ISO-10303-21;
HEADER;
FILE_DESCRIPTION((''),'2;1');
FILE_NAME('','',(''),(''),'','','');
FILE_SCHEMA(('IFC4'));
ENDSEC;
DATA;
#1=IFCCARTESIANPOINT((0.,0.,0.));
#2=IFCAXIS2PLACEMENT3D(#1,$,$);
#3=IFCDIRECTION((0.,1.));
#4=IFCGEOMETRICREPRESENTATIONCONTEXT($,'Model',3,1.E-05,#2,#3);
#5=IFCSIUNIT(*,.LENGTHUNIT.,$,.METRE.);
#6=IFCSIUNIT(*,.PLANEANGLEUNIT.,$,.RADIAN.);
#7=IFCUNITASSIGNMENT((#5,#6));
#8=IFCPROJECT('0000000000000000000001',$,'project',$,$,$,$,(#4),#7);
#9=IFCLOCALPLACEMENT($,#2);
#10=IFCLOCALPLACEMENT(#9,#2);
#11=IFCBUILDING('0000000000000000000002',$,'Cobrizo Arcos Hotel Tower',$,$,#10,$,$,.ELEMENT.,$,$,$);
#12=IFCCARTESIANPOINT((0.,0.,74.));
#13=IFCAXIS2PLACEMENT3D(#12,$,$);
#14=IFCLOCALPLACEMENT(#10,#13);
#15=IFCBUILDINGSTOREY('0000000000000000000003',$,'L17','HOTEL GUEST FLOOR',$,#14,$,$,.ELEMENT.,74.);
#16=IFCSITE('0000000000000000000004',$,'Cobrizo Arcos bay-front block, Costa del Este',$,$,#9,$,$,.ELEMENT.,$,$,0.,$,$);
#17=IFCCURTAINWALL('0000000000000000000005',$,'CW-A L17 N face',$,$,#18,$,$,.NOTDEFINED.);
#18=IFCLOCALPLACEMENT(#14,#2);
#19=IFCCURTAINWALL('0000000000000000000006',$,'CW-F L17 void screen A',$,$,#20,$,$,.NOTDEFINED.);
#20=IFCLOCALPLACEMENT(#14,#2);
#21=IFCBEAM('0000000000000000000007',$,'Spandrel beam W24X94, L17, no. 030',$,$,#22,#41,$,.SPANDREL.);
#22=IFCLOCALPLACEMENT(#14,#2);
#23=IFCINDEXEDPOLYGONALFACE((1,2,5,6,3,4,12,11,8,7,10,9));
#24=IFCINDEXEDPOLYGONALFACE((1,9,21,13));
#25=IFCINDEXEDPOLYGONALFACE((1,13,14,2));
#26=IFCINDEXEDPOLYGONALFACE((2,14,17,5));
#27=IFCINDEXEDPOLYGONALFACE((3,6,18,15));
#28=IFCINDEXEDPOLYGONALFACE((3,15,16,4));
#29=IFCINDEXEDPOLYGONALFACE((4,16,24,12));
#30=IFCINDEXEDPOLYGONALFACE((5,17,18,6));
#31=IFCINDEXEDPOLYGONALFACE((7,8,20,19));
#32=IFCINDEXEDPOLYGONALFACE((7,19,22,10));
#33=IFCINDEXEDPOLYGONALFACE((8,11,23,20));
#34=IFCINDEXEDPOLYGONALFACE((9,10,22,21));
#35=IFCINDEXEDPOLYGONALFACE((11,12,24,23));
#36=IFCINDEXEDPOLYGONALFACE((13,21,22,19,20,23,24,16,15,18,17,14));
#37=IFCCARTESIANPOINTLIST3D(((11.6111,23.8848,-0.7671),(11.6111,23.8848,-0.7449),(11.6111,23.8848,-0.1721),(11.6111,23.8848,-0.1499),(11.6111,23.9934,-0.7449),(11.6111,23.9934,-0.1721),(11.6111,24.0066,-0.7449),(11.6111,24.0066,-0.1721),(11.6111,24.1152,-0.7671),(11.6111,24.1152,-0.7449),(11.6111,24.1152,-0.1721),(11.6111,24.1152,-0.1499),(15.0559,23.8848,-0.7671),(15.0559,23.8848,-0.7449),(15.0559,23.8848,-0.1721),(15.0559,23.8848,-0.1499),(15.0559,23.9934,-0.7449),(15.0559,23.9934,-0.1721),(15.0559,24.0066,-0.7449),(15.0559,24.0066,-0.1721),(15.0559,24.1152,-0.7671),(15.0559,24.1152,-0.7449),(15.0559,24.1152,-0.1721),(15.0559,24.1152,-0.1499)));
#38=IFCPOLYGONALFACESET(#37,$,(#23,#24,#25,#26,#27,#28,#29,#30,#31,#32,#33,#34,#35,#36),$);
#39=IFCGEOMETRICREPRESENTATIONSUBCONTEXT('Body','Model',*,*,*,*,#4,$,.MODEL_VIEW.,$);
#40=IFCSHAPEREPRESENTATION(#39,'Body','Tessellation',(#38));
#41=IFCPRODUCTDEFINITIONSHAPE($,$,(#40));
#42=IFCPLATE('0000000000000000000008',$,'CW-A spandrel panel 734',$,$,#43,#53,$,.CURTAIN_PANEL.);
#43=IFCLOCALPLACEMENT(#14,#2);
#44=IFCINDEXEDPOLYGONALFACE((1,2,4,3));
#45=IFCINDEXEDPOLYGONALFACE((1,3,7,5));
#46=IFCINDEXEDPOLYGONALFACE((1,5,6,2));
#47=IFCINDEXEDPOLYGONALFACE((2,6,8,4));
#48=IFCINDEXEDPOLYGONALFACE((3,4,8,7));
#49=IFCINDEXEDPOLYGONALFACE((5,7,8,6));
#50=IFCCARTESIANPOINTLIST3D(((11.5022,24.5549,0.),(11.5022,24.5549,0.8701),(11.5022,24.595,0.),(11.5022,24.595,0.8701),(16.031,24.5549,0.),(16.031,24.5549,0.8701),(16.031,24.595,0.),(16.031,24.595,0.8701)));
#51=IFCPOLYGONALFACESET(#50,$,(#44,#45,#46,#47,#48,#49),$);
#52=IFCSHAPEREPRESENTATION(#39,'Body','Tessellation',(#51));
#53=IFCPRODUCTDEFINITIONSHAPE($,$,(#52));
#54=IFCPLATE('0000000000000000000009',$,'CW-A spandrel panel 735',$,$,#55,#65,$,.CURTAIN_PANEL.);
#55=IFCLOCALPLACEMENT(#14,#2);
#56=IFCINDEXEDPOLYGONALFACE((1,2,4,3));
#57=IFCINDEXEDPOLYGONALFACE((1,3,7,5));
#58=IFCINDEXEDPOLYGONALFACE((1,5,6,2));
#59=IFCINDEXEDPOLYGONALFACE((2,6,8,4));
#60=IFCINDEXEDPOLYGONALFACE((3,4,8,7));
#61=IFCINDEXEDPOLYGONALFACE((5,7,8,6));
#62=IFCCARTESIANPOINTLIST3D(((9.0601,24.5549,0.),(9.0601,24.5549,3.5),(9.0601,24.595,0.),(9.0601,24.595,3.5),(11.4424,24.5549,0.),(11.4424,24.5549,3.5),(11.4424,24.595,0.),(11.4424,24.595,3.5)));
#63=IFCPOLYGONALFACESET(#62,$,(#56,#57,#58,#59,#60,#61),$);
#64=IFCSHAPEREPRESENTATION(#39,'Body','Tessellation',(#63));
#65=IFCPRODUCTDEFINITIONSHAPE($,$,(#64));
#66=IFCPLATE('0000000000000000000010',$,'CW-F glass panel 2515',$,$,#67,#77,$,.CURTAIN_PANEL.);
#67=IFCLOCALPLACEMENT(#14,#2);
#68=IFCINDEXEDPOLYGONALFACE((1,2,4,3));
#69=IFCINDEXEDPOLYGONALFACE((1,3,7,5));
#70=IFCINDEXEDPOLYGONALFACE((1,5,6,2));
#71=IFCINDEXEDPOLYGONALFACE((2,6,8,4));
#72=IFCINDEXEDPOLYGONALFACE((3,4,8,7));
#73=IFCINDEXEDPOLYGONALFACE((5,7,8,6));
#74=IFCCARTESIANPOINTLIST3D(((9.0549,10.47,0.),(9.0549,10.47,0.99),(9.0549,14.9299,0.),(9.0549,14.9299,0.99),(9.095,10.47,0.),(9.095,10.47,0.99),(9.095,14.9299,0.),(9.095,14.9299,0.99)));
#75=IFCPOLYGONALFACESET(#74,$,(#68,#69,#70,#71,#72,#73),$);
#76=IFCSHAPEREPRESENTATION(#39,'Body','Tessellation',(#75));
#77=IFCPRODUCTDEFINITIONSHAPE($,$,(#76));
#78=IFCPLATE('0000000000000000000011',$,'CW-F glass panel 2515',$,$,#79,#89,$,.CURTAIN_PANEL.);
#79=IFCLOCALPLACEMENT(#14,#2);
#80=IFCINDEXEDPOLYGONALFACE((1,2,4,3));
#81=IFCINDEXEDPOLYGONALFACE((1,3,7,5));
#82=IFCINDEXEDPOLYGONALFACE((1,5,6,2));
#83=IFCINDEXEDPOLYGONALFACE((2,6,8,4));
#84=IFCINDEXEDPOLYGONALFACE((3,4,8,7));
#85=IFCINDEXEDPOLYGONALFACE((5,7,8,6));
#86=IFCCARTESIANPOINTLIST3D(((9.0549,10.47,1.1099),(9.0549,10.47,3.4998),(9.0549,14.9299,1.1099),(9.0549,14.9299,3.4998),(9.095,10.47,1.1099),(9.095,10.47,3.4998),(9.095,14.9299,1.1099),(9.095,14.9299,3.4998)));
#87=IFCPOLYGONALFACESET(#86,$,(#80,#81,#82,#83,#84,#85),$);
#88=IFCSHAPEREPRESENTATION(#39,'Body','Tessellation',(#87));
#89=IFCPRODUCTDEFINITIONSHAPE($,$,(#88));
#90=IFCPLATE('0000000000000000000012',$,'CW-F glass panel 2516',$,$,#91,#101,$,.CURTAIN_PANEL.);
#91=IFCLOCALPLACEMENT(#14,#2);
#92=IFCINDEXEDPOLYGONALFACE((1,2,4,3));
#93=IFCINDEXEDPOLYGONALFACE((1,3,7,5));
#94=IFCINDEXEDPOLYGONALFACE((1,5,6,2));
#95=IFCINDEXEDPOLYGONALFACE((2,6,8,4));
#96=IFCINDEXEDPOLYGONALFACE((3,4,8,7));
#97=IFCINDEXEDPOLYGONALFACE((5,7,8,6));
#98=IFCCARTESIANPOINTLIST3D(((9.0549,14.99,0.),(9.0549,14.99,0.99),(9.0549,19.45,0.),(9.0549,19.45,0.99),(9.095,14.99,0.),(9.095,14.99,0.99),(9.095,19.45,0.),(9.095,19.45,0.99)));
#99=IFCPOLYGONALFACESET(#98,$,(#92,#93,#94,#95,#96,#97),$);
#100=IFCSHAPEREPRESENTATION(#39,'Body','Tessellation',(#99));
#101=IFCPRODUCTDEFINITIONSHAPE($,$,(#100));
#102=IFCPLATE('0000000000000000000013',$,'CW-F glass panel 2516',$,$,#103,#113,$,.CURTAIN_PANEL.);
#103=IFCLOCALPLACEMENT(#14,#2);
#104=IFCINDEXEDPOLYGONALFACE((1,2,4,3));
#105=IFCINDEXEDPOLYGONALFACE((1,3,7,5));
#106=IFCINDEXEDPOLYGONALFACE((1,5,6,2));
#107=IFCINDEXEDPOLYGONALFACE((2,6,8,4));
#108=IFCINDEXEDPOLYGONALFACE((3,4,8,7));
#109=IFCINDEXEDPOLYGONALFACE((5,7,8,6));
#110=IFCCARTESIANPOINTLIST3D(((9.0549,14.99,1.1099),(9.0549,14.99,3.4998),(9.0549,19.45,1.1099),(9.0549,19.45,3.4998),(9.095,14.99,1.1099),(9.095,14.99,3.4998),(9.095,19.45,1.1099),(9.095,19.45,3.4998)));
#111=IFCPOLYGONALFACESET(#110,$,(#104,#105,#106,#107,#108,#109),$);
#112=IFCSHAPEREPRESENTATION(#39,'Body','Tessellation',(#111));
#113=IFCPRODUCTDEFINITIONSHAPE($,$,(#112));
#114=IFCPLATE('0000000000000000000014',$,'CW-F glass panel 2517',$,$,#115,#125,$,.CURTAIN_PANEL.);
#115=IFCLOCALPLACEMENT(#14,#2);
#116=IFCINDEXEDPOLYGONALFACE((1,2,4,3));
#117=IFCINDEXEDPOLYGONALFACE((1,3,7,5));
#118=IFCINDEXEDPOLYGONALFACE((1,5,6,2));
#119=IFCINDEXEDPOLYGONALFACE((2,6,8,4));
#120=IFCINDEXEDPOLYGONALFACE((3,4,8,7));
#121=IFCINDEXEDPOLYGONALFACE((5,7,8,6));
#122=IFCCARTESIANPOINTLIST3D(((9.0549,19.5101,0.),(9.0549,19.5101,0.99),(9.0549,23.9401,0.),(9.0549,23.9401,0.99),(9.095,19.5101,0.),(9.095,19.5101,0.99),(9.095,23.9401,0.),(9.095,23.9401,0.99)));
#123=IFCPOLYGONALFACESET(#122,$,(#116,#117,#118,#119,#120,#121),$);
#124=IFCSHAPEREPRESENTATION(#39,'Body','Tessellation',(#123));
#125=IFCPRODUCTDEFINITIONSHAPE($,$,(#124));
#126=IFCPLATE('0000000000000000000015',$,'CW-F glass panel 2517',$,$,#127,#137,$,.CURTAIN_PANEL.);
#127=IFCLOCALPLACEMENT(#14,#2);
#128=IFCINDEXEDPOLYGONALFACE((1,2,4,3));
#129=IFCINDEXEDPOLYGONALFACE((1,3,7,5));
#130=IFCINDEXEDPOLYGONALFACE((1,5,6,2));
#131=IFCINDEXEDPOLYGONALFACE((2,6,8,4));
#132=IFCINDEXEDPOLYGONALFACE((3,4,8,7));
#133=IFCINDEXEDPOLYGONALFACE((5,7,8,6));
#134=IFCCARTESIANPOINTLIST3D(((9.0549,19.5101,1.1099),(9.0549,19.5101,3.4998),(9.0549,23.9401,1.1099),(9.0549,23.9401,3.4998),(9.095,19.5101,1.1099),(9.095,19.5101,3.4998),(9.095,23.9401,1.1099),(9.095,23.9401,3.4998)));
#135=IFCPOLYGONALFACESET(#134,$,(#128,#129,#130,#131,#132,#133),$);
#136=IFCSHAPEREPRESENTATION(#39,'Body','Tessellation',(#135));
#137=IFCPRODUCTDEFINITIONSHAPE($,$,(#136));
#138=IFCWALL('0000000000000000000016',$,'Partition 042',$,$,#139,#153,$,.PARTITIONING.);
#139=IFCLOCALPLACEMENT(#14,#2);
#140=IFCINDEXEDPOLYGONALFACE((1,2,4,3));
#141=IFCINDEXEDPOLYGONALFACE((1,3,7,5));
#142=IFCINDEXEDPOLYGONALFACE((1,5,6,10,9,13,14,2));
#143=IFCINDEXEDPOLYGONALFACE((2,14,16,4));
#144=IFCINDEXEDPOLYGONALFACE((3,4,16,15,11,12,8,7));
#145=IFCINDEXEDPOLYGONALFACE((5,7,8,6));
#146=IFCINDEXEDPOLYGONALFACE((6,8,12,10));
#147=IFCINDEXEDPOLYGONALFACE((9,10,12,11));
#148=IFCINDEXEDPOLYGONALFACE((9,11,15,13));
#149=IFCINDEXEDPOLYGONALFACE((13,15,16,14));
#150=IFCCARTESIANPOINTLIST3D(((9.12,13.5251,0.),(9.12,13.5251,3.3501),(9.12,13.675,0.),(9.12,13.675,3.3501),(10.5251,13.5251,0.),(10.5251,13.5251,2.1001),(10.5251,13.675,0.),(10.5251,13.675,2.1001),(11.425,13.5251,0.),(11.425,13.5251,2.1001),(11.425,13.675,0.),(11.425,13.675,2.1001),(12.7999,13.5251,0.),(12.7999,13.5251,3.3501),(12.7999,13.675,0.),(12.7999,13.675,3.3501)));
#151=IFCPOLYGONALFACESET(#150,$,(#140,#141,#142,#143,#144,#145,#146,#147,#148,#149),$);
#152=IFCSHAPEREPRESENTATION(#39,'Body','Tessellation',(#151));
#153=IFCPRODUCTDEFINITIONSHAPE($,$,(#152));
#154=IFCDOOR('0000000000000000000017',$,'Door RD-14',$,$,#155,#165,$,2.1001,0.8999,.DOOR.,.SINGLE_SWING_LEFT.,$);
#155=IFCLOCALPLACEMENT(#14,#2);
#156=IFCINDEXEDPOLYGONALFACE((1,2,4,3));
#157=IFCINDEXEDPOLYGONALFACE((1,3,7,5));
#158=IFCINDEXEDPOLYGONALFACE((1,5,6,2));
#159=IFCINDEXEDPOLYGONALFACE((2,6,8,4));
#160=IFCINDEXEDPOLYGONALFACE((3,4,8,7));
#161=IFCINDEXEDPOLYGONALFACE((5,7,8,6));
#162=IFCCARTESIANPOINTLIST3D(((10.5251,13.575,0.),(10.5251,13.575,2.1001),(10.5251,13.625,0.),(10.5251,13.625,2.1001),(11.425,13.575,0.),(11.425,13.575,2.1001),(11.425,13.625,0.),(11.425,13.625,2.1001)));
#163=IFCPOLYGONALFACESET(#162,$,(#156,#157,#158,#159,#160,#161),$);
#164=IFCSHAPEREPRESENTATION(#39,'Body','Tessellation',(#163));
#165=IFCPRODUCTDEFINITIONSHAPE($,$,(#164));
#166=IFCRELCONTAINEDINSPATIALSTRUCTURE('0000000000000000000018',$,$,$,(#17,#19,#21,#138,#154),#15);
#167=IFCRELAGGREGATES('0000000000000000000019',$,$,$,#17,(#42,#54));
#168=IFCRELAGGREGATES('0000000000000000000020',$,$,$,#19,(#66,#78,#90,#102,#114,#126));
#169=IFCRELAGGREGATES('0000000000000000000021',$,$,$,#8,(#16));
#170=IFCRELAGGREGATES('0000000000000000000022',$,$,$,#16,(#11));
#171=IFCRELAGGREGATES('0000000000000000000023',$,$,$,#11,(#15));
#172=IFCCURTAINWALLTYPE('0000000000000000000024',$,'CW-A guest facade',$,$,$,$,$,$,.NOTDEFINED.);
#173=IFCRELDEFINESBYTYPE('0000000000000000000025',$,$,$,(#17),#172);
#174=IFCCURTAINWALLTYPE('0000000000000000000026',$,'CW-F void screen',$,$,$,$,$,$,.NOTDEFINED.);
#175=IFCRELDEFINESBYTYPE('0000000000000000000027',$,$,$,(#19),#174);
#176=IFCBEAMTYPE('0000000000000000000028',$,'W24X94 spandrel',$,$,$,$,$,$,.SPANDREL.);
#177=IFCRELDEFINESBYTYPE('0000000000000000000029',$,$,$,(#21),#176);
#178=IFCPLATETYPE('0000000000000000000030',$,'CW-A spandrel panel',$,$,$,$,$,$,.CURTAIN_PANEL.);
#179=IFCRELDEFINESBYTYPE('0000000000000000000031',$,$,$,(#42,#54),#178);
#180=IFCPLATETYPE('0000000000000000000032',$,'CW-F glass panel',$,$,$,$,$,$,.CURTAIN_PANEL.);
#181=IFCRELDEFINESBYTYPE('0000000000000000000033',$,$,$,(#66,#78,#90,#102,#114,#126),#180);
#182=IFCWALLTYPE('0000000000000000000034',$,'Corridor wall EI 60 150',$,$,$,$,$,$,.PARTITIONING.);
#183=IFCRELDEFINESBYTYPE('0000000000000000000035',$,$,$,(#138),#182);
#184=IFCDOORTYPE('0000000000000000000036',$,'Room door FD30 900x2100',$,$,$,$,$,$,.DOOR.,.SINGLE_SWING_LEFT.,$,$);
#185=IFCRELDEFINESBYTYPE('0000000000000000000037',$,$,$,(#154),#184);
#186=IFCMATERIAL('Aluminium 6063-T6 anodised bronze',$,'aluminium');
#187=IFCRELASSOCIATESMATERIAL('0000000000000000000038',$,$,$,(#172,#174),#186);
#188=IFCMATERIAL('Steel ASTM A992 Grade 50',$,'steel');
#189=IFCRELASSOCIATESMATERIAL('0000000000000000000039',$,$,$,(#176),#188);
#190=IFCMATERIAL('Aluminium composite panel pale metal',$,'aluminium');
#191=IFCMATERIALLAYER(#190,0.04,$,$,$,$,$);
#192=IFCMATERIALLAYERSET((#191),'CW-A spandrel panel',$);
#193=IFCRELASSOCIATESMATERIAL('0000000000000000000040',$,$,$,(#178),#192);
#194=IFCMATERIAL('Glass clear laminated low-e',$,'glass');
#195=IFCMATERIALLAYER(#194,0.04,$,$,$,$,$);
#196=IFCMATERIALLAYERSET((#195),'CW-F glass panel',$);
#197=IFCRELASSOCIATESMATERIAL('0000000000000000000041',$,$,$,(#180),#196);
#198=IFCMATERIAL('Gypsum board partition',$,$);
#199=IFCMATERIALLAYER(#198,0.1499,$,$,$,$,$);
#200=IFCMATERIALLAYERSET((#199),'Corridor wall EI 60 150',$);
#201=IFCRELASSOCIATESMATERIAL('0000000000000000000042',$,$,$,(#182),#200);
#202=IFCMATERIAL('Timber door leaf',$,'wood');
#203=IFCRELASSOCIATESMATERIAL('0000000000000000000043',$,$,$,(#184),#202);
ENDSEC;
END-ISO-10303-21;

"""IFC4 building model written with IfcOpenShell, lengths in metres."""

from ifc_helpers import new_model, si_unit, direction, frame, frame_2d, origin, origin_2d, place, context, subcontext, project, spatial, rectangle, i_section, extrude, material, layer, layer_set, material_profile, profile_set, type_object, element, fill, aggregate, save


model = new_model("IFC4")

# Units and contexts
model_context = context("Model", 3, precision=1e-05, world=origin(), true_north=direction((0.0, 1.0)))
body_context = subcontext(model_context, "Body", "Model", "MODEL_VIEW")
ifc_project = project(units=[si_unit("LENGTHUNIT", "METRE"), si_unit("PLANEANGLEUNIT", "RADIAN")], contexts=[model_context])

# Site, building, storey
site_placement = place(None, origin())
site = spatial("IfcSite", under=ifc_project, at=site_placement, Name="Cobrizo Arcos bay-front block, Costa del Este", CompositionType="ELEMENT", RefElevation=0.0)
building_placement = place(site_placement, origin())
building = spatial("IfcBuilding", under=site, at=building_placement, Name="Cobrizo Arcos Hotel Tower", CompositionType="ELEMENT")
storey_placement = place(building_placement, frame((0.0, 0.0, 74.0)))
storey = spatial("IfcBuildingStorey", under=building, at=storey_placement, Name="L17", Description="HOTEL GUEST FLOOR", CompositionType="ELEMENT", Elevation=74.0)

# Curtain walls
ifc_material_1 = material(Name="Aluminium 6063-T6 anodised bronze", Category="aluminium")
curtain_wall_type_1 = type_object("IfcCurtainWallType", Name="CW-A guest facade", PredefinedType="NOTDEFINED", material=ifc_material_1)
curtain_wall_1_placement = place(storey_placement, origin())
curtain_wall_1 = element("IfcCurtainWall", 1, at=curtain_wall_1_placement, inside=storey, type_object=curtain_wall_type_1, Name="CW-A L17 N face", PredefinedType="NOTDEFINED")
curtain_wall_type_2 = type_object("IfcCurtainWallType", Name="CW-F void screen", PredefinedType="NOTDEFINED", material=ifc_material_1)
curtain_wall_2_placement = place(storey_placement, origin())
curtain_wall_2 = element("IfcCurtainWall", 2, at=curtain_wall_2_placement, inside=storey, type_object=curtain_wall_type_2, Name="CW-F L17 void screen A", PredefinedType="NOTDEFINED")

# Beam
ifc_material_2 = material(Name="Steel ASTM A992 Grade 50", Category="steel")
ifc_material_profile_1 = material_profile(ifc_material_2, i_section(OverallWidth=0.2305, OverallDepth=0.6172, WebThickness=0.0132, FlangeThickness=0.0222, at=origin_2d()), Name="W24X94")
ifc_profile_set_1 = profile_set([ifc_material_profile_1], Name="Steel ASTM A992 Grade 50")
beam_type = type_object("IfcBeamType", Name="W24X94 spandrel", PredefinedType="SPANDREL", material=ifc_profile_set_1)
beam_1_placement = place(storey_placement, frame((11.6111, 24.0, -0.4585), z_axis=(1.0, 0.0, 0.0), x_axis=(0.0, 1.0, 0.0)))
element("IfcBeam", 3, at=beam_1_placement, inside=storey, type_object=beam_type, Name="Spandrel beam W24X94, L17, no. 030", PredefinedType="SPANDREL", context=body_context, shape_type="SweptSolid", body=[
    extrude(i_section(OverallWidth=0.2305, OverallDepth=0.6172, WebThickness=0.0132, FlangeThickness=0.0222, at=origin_2d()), origin(), (0.0, 0.0, 1.0), 3.4448),
])

# Plates
ifc_material_3 = material(Name="Aluminium composite panel pale metal", Category="aluminium")
ifc_layer_1 = layer(ifc_material_3, 0.04)
ifc_layer_set_1 = layer_set([ifc_layer_1], Name="CW-A spandrel panel")
plate_type_1 = type_object("IfcPlateType", Name="CW-A spandrel panel", PredefinedType="CURTAIN_PANEL", material=ifc_layer_set_1)
plate_1_placement = place(storey_placement, frame((13.7666, 24.575, 0.0), z_axis=(0.0, 0.0, 1.0), x_axis=(-1.0, 0.0, 0.0)))
plate_1 = element("IfcPlate", 4, at=plate_1_placement, type_object=plate_type_1, Name="CW-A spandrel panel 734", PredefinedType="CURTAIN_PANEL", context=body_context, shape_type="SweptSolid", body=[
    extrude(rectangle(XDim=4.5288, YDim=0.04, at=origin_2d()), origin(), (0.0, 0.0, 1.0), 0.8701),
])
plate_2_placement = place(storey_placement, frame((10.2512, 24.575, 0.0), z_axis=(0.0, 0.0, 1.0), x_axis=(-1.0, 0.0, 0.0)))
plate_2 = element("IfcPlate", 5, at=plate_2_placement, type_object=plate_type_1, Name="CW-A spandrel panel 735", PredefinedType="CURTAIN_PANEL", context=body_context, shape_type="SweptSolid", body=[
    extrude(rectangle(XDim=2.3823, YDim=0.04, at=origin_2d()), origin(), (0.0, 0.0, 1.0), 3.5),
])
aggregate(curtain_wall_1, [plate_1, plate_2])
ifc_material_4 = material(Name="Glass clear laminated low-e", Category="glass")
ifc_layer_2 = layer(ifc_material_4, 0.04)
ifc_layer_set_2 = layer_set([ifc_layer_2], Name="CW-F glass panel")
plate_type_2 = type_object("IfcPlateType", Name="CW-F glass panel", PredefinedType="CURTAIN_PANEL", material=ifc_layer_set_2)
plate_3_placement = place(storey_placement, frame((9.075, 12.7, 0.0), z_axis=(0.0, 0.0, 1.0), x_axis=(0.0, 1.0, 0.0)))
plate_3 = element("IfcPlate", 6, at=plate_3_placement, type_object=plate_type_2, Name="CW-F glass panel 2515", PredefinedType="CURTAIN_PANEL", context=body_context, shape_type="SweptSolid", body=[
    extrude(rectangle(XDim=4.46, YDim=0.04, at=origin_2d()), origin(), (0.0, 0.0, 1.0), 0.99),
])
plate_4_placement = place(storey_placement, frame((9.075, 12.7, 1.1099), z_axis=(0.0, 0.0, 1.0), x_axis=(0.0, 1.0, 0.0)))
plate_4 = element("IfcPlate", 7, at=plate_4_placement, type_object=plate_type_2, Name="CW-F glass panel 2515", PredefinedType="CURTAIN_PANEL", context=body_context, shape_type="SweptSolid", body=[
    extrude(rectangle(XDim=4.46, YDim=0.04, at=origin_2d()), origin(), (0.0, 0.0, 1.0), 2.3899),
])
plate_5_placement = place(storey_placement, frame((9.075, 17.22, 0.0), z_axis=(0.0, 0.0, 1.0), x_axis=(0.0, 1.0, 0.0)))
plate_5 = element("IfcPlate", 8, at=plate_5_placement, type_object=plate_type_2, Name="CW-F glass panel 2516", PredefinedType="CURTAIN_PANEL", context=body_context, shape_type="SweptSolid", body=[
    extrude(rectangle(XDim=4.46, YDim=0.04, at=origin_2d()), origin(), (0.0, 0.0, 1.0), 0.99),
])
plate_6_placement = place(storey_placement, frame((9.075, 17.22, 1.1099), z_axis=(0.0, 0.0, 1.0), x_axis=(0.0, 1.0, 0.0)))
plate_6 = element("IfcPlate", 9, at=plate_6_placement, type_object=plate_type_2, Name="CW-F glass panel 2516", PredefinedType="CURTAIN_PANEL", context=body_context, shape_type="SweptSolid", body=[
    extrude(rectangle(XDim=4.46, YDim=0.04, at=origin_2d()), origin(), (0.0, 0.0, 1.0), 2.3899),
])
plate_7_placement = place(storey_placement, frame((9.075, 21.7251, 0.0), z_axis=(0.0, 0.0, 1.0), x_axis=(0.0, 1.0, 0.0)))
plate_7 = element("IfcPlate", 10, at=plate_7_placement, type_object=plate_type_2, Name="CW-F glass panel 2517", PredefinedType="CURTAIN_PANEL", context=body_context, shape_type="SweptSolid", body=[
    extrude(rectangle(XDim=4.4299, YDim=0.04, at=origin_2d()), origin(), (0.0, 0.0, 1.0), 0.99),
])
plate_8_placement = place(storey_placement, frame((9.075, 21.7251, 1.1099), z_axis=(0.0, 0.0, 1.0), x_axis=(0.0, 1.0, 0.0)))
plate_8 = element("IfcPlate", 11, at=plate_8_placement, type_object=plate_type_2, Name="CW-F glass panel 2517", PredefinedType="CURTAIN_PANEL", context=body_context, shape_type="SweptSolid", body=[
    extrude(rectangle(XDim=4.4299, YDim=0.04, at=origin_2d()), origin(), (0.0, 0.0, 1.0), 2.3899),
])
aggregate(curtain_wall_2, [plate_3, plate_4, plate_5, plate_6, plate_7, plate_8])

# Wall, opening, door
ifc_material_5 = material(Name="Gypsum board partition")
ifc_layer_3 = layer(ifc_material_5, 0.1499)
ifc_layer_set_3 = layer_set([ifc_layer_3], Name="Corridor wall EI 60 150")
wall_type_1 = type_object("IfcWallType", Name="Corridor wall EI 60 150", PredefinedType="PARTITIONING", material=ifc_layer_set_3)
wall_1_placement = place(storey_placement, frame((9.1201, 13.6001, 0.0), z_axis=(0.0, 0.0, 1.0), x_axis=(1.0, 0.0, 0.0)))
wall_1 = element("IfcWall", 12, at=wall_1_placement, inside=storey, type_object=wall_type_1, Name="Partition 042", PredefinedType="PARTITIONING", context=body_context, shape_type="SweptSolid", body=[
    extrude(rectangle(XDim=3.6799, YDim=0.1499, at=frame_2d((1.8398, 0.0))), origin(), (0.0, 0.0, 1.0), 3.3501),
])
opening_1_placement = place(wall_1_placement, frame((1.405, 0.0, 0.0)))
opening_1 = element("IfcOpeningElement", 13, at=opening_1_placement, cuts=wall_1, PredefinedType="OPENING", context=body_context, shape_type="SweptSolid", body=[
    extrude(rectangle(XDim=0.8999, YDim=2.1001, at=frame_2d((0.45, 1.05))), frame((0.0, 0.0869, 0.0), z_axis=(0.0, -1.0, 0.0), x_axis=(1.0, 0.0, 0.0)), (0.0, 0.0, 1.0), 0.1738),
])
ifc_material_6 = material(Name="Timber door leaf", Category="wood")
door_type_1 = type_object("IfcDoorType", Name="Room door FD30 900x2100", OperationType="SINGLE_SWING_LEFT", PredefinedType="DOOR", material=ifc_material_6)
door_1_placement = place(opening_1_placement, origin())
door_1 = element("IfcDoor", 14, at=door_1_placement, inside=storey, type_object=door_type_1, Name="Door RD-14", OperationType="SINGLE_SWING_LEFT", OverallHeight=2.1001, OverallWidth=0.8999, PredefinedType="DOOR", context=body_context, shape_type="SweptSolid", body=[
    extrude(rectangle(XDim=0.8999, YDim=2.1001, at=frame_2d((0.45, 1.05))), frame((0.0, 0.0249, 0.0), z_axis=(0.0, -1.0, 0.0), x_axis=(1.0, 0.0, 0.0)), (0.0, 0.0, 1.0), 0.05),
])
fill(opening_1, door_1)

save(model, "model.ifc")
